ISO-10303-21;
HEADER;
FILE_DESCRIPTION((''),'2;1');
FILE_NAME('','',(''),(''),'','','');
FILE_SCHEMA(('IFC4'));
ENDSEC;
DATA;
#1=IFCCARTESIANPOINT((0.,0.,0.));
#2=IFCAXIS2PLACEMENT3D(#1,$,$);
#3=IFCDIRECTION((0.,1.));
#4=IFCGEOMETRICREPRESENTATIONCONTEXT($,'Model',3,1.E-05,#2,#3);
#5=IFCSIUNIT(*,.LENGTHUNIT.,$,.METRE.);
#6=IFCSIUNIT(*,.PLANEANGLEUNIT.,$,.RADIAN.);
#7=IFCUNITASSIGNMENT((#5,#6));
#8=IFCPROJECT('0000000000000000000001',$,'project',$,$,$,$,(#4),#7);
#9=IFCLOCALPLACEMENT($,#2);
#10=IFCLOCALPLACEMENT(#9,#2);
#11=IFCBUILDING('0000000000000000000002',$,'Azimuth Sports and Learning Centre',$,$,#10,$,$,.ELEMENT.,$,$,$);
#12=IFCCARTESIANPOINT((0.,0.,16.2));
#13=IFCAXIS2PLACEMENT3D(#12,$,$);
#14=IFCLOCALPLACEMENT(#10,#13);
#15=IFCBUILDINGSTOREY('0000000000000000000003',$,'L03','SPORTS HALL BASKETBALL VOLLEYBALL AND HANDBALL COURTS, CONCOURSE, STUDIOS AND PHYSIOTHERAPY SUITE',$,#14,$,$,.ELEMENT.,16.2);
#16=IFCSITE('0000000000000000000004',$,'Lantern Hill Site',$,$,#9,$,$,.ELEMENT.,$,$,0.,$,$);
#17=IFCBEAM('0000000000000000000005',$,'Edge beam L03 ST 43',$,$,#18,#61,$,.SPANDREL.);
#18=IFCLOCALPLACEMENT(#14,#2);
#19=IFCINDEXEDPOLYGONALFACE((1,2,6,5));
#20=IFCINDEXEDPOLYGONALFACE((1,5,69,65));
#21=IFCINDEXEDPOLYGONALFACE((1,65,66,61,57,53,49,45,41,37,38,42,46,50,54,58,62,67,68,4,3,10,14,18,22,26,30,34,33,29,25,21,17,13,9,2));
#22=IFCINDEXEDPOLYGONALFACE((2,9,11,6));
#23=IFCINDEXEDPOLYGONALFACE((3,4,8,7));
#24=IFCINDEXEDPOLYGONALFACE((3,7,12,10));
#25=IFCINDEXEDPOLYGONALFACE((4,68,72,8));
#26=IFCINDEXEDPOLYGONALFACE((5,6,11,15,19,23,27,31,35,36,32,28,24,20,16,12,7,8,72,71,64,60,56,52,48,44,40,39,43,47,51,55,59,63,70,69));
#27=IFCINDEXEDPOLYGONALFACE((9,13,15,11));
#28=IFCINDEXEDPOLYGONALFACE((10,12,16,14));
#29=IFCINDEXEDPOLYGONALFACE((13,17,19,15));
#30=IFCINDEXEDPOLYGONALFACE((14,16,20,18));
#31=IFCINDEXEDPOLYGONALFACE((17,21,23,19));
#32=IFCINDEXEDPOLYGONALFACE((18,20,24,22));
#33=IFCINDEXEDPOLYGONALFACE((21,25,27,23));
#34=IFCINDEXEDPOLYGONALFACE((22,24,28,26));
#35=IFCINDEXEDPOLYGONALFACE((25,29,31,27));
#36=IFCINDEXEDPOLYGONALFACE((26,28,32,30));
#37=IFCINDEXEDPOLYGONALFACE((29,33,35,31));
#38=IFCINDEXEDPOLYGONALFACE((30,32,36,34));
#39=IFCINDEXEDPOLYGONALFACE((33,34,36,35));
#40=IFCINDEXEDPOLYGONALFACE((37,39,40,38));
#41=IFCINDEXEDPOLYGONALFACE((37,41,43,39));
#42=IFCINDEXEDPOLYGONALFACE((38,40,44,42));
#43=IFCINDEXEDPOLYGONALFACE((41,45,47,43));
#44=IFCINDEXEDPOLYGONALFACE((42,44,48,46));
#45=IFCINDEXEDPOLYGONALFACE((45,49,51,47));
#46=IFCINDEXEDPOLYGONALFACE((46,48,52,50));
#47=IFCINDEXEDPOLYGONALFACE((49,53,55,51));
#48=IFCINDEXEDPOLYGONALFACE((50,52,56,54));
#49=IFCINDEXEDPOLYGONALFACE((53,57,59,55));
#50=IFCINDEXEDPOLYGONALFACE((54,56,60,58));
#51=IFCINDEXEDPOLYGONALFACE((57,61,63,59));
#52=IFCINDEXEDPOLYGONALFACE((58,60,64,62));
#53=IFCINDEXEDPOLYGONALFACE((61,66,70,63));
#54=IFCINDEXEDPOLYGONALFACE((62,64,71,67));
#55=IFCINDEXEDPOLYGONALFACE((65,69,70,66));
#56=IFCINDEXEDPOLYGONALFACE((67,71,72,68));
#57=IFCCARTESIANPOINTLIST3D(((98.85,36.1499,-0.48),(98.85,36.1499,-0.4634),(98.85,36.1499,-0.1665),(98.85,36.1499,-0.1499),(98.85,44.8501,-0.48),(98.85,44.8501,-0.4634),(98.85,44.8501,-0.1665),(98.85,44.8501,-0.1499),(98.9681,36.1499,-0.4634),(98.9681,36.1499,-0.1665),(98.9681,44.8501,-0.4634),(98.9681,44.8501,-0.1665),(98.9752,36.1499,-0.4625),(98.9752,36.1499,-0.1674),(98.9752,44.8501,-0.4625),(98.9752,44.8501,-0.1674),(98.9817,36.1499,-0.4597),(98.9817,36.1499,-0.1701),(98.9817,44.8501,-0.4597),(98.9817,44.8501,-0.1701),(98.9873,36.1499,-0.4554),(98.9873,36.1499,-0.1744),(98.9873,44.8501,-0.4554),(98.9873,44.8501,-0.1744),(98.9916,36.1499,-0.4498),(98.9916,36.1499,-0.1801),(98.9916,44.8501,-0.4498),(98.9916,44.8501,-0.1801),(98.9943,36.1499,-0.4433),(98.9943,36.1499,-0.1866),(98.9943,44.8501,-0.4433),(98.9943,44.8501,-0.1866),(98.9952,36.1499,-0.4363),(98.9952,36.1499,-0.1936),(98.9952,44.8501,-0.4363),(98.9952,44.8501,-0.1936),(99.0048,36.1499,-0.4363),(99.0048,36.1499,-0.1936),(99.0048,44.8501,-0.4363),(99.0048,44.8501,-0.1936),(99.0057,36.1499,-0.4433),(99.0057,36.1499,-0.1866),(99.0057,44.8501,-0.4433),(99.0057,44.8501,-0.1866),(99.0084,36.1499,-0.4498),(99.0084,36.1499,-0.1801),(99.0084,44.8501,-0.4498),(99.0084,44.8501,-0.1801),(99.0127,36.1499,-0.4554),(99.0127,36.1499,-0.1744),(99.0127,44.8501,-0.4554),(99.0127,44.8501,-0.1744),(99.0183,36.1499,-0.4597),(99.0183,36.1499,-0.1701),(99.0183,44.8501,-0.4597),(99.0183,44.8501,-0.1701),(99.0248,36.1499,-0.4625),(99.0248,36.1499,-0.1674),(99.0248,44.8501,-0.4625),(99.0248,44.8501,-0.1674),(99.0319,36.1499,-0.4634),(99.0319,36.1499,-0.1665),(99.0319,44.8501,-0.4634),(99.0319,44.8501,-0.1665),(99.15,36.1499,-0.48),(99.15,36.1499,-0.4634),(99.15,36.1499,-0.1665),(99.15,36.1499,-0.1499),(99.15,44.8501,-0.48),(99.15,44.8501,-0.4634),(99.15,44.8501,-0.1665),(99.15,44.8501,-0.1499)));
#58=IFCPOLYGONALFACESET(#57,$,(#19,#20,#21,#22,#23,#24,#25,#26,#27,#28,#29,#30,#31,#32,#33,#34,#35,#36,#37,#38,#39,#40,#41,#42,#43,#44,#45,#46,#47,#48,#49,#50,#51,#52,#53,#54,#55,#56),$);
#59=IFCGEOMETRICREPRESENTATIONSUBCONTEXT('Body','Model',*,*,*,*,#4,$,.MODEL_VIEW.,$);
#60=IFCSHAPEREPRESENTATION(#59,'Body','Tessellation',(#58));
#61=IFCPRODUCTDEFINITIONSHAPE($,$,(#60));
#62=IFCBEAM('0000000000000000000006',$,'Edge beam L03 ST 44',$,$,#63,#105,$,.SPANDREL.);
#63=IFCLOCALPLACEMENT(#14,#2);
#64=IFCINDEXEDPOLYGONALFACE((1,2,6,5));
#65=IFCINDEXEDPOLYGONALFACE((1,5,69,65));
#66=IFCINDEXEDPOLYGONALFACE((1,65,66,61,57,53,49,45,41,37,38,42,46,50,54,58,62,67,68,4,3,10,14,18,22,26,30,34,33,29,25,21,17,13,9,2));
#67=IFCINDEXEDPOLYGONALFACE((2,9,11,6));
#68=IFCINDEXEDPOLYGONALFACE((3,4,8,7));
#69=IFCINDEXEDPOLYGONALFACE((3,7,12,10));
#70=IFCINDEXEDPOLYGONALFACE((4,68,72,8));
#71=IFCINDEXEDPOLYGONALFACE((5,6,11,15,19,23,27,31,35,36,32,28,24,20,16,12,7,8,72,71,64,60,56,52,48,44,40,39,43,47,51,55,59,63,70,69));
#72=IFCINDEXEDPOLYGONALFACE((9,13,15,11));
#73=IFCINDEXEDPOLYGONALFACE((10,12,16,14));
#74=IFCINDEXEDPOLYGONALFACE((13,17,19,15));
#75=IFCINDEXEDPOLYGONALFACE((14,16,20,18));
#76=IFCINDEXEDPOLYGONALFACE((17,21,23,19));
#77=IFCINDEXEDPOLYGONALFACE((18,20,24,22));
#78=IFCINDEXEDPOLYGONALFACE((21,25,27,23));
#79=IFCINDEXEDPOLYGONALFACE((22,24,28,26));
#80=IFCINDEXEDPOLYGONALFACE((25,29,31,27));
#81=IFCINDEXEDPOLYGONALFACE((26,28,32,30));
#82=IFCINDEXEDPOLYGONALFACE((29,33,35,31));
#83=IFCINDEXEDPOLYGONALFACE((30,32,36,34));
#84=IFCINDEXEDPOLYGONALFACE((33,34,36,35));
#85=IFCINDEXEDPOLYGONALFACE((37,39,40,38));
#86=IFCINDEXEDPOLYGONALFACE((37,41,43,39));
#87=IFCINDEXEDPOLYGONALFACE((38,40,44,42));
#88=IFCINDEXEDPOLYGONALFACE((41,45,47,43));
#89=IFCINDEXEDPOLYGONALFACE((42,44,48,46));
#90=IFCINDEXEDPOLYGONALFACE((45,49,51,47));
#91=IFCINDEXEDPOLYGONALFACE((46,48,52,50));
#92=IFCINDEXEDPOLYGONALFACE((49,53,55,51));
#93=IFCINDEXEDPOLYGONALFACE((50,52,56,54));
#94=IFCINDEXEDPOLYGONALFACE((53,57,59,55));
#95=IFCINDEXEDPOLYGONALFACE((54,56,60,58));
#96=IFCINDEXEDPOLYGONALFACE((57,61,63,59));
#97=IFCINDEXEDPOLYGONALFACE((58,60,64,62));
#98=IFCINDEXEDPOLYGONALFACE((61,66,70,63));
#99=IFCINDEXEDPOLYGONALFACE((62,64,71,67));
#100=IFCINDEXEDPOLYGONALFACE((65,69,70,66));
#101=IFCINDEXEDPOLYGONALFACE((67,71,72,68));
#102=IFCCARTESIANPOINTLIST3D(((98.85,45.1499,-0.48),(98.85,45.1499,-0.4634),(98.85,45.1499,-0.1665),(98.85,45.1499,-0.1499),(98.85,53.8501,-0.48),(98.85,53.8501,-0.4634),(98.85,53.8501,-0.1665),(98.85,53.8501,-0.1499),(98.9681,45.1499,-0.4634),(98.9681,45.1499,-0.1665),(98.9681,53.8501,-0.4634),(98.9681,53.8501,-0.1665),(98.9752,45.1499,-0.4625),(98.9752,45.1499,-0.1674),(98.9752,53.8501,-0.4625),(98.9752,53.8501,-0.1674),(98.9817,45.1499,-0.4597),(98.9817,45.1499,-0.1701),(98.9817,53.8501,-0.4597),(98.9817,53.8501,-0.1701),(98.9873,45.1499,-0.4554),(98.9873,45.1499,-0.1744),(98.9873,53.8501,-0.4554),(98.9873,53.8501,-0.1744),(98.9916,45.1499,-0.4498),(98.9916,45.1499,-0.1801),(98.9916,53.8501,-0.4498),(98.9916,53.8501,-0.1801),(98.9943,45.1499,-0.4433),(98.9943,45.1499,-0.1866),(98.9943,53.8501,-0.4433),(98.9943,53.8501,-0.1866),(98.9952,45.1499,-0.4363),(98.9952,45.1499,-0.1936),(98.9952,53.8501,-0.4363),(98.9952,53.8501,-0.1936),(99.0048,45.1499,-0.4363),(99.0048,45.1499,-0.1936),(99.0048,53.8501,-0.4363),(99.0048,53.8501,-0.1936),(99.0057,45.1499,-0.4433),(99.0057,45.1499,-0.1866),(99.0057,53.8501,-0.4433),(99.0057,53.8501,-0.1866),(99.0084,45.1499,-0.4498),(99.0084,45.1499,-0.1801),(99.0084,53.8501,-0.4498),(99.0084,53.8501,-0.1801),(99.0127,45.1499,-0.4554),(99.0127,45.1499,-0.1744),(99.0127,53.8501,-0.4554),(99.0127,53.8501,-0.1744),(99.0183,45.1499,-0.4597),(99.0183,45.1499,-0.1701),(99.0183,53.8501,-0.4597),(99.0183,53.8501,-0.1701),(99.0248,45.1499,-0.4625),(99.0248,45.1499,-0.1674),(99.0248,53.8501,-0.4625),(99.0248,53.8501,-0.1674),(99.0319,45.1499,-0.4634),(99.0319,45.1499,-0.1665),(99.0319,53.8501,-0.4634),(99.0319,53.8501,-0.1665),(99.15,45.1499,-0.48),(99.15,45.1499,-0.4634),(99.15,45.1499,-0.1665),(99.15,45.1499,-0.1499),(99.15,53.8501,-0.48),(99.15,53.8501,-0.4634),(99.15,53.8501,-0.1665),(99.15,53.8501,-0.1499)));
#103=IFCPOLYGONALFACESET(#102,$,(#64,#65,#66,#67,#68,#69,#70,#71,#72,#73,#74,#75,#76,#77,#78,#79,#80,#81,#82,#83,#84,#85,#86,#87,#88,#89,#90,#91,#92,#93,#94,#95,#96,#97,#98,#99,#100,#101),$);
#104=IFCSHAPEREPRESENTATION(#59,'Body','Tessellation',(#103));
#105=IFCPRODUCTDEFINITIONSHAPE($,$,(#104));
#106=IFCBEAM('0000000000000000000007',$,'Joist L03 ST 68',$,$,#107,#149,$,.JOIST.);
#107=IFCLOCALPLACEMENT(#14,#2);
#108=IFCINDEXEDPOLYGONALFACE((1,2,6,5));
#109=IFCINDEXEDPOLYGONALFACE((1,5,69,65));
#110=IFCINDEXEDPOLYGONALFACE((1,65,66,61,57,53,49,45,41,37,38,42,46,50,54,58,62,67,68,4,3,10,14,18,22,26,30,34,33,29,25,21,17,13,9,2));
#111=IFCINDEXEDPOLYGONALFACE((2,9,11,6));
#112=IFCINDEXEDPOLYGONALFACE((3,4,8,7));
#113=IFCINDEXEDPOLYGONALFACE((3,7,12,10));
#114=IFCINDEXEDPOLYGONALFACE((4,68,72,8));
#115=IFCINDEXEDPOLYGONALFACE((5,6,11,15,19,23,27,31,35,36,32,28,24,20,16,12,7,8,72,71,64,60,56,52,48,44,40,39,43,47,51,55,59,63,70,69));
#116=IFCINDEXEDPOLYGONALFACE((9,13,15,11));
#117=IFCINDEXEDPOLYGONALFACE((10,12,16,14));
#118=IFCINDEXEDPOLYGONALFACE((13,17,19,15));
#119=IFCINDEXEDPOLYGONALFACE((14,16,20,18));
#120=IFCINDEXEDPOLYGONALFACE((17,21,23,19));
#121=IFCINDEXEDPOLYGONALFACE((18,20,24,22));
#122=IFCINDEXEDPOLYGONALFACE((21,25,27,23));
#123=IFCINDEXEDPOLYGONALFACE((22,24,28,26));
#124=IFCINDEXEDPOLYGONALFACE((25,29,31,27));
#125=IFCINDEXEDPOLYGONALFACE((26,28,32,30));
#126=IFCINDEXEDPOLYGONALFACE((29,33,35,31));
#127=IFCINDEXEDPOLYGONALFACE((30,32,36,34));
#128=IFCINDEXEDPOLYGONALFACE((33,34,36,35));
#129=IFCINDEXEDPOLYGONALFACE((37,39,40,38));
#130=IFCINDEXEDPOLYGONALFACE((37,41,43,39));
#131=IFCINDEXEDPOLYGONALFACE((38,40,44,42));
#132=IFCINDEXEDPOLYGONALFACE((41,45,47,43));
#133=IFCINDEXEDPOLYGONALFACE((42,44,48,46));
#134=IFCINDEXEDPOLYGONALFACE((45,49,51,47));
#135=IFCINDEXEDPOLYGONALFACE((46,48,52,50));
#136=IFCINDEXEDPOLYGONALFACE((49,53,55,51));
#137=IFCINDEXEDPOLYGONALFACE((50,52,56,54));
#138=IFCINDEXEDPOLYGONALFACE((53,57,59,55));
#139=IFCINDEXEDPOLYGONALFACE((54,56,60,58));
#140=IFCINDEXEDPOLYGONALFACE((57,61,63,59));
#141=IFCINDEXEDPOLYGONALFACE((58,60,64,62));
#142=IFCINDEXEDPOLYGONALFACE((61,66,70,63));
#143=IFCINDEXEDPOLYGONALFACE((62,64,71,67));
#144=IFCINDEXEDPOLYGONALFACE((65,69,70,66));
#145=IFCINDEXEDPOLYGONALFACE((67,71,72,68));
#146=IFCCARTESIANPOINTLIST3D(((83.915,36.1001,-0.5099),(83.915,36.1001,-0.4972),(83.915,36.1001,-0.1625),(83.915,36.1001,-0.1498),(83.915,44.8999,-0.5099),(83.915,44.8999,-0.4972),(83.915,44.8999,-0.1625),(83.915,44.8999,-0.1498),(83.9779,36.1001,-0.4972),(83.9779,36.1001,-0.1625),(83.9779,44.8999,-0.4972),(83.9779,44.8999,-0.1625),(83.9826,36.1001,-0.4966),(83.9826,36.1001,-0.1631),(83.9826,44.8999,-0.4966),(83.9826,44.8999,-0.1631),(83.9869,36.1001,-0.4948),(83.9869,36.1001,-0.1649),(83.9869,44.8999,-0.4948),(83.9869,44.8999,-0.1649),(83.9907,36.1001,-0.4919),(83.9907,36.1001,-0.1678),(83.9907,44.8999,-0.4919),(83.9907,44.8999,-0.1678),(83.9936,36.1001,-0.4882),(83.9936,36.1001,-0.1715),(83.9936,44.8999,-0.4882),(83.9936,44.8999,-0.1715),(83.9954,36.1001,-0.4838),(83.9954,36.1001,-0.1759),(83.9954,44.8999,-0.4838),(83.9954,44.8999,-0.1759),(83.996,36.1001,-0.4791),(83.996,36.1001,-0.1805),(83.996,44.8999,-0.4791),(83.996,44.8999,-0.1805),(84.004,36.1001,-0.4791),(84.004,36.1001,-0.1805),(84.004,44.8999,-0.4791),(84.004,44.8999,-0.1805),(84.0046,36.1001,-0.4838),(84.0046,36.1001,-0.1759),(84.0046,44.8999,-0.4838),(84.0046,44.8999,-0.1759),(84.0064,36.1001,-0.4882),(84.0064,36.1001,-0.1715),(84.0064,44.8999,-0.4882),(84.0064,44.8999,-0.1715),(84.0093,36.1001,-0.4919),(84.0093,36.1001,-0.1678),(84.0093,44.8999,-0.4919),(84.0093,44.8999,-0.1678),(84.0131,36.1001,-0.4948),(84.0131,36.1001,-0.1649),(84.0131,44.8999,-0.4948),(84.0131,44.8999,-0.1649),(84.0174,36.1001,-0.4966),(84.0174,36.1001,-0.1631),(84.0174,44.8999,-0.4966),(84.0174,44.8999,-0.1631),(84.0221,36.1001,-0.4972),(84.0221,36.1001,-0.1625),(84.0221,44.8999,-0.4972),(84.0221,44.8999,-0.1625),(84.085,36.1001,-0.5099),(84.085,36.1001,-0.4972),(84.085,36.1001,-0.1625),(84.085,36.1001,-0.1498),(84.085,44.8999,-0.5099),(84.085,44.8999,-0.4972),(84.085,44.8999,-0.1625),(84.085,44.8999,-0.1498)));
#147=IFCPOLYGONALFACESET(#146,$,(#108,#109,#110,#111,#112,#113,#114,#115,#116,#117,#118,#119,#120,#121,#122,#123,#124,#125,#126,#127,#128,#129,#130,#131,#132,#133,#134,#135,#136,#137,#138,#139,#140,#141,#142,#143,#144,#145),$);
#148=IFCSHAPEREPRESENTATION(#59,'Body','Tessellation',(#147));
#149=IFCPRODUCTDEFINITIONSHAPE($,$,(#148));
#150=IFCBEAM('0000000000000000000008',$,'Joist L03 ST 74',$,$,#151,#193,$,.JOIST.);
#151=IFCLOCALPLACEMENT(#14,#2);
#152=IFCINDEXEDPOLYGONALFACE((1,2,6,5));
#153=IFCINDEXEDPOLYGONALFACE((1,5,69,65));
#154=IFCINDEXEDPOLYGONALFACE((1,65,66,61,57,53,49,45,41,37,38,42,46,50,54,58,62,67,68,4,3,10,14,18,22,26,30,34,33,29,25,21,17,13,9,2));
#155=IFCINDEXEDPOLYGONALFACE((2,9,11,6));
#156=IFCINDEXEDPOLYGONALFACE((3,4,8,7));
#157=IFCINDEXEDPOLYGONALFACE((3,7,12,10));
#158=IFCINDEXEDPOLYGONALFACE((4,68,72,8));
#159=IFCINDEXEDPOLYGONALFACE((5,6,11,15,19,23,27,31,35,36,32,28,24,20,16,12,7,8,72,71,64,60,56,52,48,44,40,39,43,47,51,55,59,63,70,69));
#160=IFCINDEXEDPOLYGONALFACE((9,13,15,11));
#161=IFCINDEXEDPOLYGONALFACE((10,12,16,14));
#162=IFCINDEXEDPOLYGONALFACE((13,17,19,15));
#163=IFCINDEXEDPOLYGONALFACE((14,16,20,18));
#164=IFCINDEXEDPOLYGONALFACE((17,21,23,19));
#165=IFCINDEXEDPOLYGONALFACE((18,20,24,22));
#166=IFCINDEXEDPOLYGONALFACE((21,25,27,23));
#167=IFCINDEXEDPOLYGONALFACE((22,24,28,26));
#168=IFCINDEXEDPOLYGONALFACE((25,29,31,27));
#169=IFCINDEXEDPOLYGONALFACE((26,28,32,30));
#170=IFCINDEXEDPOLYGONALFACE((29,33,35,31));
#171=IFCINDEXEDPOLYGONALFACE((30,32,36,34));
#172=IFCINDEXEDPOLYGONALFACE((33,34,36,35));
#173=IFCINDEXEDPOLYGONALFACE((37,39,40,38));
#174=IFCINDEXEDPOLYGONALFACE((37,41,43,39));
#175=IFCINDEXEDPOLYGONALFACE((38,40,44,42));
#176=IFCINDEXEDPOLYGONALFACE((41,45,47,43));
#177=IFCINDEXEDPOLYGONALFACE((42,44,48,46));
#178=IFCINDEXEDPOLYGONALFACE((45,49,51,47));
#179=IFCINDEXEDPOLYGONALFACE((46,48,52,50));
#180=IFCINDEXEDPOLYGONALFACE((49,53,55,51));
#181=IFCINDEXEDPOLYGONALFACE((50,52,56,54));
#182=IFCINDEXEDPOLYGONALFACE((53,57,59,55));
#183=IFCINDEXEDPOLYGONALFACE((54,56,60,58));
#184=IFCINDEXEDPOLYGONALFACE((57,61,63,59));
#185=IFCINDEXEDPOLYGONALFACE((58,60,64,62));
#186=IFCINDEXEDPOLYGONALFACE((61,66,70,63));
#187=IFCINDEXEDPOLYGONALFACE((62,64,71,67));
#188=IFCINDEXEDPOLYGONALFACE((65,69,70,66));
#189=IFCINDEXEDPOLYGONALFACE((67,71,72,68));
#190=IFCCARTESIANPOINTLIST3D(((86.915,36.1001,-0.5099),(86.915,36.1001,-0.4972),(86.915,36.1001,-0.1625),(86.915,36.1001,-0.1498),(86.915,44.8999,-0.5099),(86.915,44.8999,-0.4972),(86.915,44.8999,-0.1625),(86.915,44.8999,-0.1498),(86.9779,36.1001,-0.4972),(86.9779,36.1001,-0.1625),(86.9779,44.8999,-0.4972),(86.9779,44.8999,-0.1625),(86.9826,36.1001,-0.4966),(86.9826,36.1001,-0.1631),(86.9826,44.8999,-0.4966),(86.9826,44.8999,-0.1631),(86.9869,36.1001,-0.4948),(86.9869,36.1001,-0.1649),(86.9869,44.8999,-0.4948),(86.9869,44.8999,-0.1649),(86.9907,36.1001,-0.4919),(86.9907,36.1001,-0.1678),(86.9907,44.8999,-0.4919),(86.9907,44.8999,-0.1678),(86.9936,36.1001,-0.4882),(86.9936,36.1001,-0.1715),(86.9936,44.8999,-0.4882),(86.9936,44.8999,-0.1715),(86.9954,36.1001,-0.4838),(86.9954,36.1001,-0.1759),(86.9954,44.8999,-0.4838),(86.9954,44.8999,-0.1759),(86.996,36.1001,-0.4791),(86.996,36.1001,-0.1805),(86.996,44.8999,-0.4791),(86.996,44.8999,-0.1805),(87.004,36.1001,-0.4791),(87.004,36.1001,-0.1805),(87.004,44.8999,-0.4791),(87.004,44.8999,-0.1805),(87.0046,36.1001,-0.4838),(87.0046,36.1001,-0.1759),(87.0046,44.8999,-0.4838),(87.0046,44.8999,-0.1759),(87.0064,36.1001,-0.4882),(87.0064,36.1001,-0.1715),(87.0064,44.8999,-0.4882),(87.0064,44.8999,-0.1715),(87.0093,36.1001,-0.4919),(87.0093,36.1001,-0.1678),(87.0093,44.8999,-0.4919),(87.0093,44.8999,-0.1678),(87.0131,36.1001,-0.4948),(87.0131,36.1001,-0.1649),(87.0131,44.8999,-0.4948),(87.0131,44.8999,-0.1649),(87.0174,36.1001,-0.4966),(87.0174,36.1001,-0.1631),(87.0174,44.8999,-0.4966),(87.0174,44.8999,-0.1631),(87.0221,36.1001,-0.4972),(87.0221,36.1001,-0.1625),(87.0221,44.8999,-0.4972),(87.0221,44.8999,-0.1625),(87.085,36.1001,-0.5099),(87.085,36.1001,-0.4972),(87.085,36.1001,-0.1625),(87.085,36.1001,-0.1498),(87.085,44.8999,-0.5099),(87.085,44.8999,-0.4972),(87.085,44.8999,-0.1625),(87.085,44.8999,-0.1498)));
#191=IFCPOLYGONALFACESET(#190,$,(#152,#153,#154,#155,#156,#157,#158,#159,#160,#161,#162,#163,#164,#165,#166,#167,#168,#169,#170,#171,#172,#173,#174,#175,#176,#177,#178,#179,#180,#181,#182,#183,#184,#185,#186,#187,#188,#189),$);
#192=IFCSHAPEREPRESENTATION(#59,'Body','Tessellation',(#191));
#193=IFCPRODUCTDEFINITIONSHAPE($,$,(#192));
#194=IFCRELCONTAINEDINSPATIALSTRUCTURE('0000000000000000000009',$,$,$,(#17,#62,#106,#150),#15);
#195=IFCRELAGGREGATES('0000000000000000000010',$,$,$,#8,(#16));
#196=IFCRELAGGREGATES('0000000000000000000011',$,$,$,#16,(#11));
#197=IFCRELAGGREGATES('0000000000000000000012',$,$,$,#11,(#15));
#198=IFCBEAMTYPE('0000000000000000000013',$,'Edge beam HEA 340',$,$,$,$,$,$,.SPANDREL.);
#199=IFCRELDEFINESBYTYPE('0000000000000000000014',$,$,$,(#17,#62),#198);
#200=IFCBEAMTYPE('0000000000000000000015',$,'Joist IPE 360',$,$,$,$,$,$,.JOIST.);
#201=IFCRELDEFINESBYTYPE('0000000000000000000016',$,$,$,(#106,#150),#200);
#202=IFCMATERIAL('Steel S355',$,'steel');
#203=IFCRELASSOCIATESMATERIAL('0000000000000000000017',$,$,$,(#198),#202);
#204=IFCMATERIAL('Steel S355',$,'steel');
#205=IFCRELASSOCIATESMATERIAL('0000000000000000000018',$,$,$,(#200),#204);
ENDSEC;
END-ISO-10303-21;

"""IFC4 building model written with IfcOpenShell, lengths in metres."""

from ifc_helpers import new_model, si_unit, direction, frame, origin, origin_2d, place, context, subcontext, project, spatial, i_section, extrude, material, material_profile, profile_set, type_object, element, save


model = new_model("IFC4")

# Units and contexts
model_context = context("Model", 3, precision=1e-05, world=origin(), true_north=direction((0.0, 1.0)))
body_context = subcontext(model_context, "Body", "Model", "MODEL_VIEW")
ifc_project = project(units=[si_unit("LENGTHUNIT", "METRE"), si_unit("PLANEANGLEUNIT", "RADIAN")], contexts=[model_context])

# Site, building, storey
site_placement = place(None, origin())
site = spatial("IfcSite", under=ifc_project, at=site_placement, Name="Lantern Hill Site", CompositionType="ELEMENT", RefElevation=0.0)
building_placement = place(site_placement, origin())
building = spatial("IfcBuilding", under=site, at=building_placement, Name="Azimuth Sports and Learning Centre", CompositionType="ELEMENT")
storey_placement = place(building_placement, frame((0.0, 0.0, 16.2)))
storey = spatial("IfcBuildingStorey", under=building, at=storey_placement, Name="L03", Description="SPORTS HALL BASKETBALL VOLLEYBALL AND HANDBALL COURTS, CONCOURSE, STUDIOS AND PHYSIOTHERAPY SUITE", CompositionType="ELEMENT", Elevation=16.2)

# Beams
ifc_material_1 = material(Name="Steel S355", Category="steel")
ifc_material_profile_1 = material_profile(ifc_material_1, i_section(OverallWidth=0.3, OverallDepth=0.3301, WebThickness=0.0095, FlangeThickness=0.0166, FilletRadius=0.0271, at=origin_2d()), Name="HEA 340")
ifc_profile_set_1 = profile_set([ifc_material_profile_1], Name="Steel S355")
beam_type_1 = type_object("IfcBeamType", Name="Edge beam HEA 340", PredefinedType="SPANDREL", material=ifc_profile_set_1)
for number, where, z_axis, x_axis, name in (
    (1, (99.0, 36.1499, -0.3149), (0.0, 1.0, 0.0), (-1.0, 0.0, 0.0), "Edge beam L03 ST 43"),
    (2, (99.0, 45.1499, -0.3149), (0.0, 1.0, 0.0), (-1.0, 0.0, 0.0), "Edge beam L03 ST 44"),
):
    element("IfcBeam", number, at=place(storey_placement, frame(where, z_axis=z_axis, x_axis=x_axis)), inside=storey, type_object=beam_type_1, Name=name, PredefinedType="SPANDREL", context=body_context, shape_type="SweptSolid", body=[
        extrude(i_section(OverallWidth=0.3, OverallDepth=0.3301, WebThickness=0.0095, FlangeThickness=0.0166, FilletRadius=0.0271, at=origin_2d()), origin(), (0.0, 0.0, 1.0), 8.7002),
    ])
ifc_material_2 = material(Name="Steel S355", Category="steel")
ifc_material_profile_2 = material_profile(ifc_material_2, i_section(OverallWidth=0.1699, OverallDepth=0.3601, WebThickness=0.0081, FlangeThickness=0.0127, FilletRadius=0.0181, at=origin_2d()), Name="IPE 360")
ifc_profile_set_2 = profile_set([ifc_material_profile_2], Name="Steel S355")
beam_type_2 = type_object("IfcBeamType", Name="Joist IPE 360", PredefinedType="JOIST", material=ifc_profile_set_2)
for number, where, z_axis, x_axis, name in (
    (3, (84.0, 36.1001, -0.3298), (0.0, 1.0, 0.0), (-1.0, 0.0, 0.0), "Joist L03 ST 68"),
    (4, (87.0, 36.1001, -0.3298), (0.0, 1.0, 0.0), (-1.0, 0.0, 0.0), "Joist L03 ST 74"),
):
    element("IfcBeam", number, at=place(storey_placement, frame(where, z_axis=z_axis, x_axis=x_axis)), inside=storey, type_object=beam_type_2, Name=name, PredefinedType="JOIST", context=body_context, shape_type="SweptSolid", body=[
        extrude(i_section(OverallWidth=0.1699, OverallDepth=0.3601, WebThickness=0.0081, FlangeThickness=0.0127, FilletRadius=0.0181, at=origin_2d()), origin(), (0.0, 0.0, 1.0), 8.7998),
    ])

save(model, "model.ifc")
